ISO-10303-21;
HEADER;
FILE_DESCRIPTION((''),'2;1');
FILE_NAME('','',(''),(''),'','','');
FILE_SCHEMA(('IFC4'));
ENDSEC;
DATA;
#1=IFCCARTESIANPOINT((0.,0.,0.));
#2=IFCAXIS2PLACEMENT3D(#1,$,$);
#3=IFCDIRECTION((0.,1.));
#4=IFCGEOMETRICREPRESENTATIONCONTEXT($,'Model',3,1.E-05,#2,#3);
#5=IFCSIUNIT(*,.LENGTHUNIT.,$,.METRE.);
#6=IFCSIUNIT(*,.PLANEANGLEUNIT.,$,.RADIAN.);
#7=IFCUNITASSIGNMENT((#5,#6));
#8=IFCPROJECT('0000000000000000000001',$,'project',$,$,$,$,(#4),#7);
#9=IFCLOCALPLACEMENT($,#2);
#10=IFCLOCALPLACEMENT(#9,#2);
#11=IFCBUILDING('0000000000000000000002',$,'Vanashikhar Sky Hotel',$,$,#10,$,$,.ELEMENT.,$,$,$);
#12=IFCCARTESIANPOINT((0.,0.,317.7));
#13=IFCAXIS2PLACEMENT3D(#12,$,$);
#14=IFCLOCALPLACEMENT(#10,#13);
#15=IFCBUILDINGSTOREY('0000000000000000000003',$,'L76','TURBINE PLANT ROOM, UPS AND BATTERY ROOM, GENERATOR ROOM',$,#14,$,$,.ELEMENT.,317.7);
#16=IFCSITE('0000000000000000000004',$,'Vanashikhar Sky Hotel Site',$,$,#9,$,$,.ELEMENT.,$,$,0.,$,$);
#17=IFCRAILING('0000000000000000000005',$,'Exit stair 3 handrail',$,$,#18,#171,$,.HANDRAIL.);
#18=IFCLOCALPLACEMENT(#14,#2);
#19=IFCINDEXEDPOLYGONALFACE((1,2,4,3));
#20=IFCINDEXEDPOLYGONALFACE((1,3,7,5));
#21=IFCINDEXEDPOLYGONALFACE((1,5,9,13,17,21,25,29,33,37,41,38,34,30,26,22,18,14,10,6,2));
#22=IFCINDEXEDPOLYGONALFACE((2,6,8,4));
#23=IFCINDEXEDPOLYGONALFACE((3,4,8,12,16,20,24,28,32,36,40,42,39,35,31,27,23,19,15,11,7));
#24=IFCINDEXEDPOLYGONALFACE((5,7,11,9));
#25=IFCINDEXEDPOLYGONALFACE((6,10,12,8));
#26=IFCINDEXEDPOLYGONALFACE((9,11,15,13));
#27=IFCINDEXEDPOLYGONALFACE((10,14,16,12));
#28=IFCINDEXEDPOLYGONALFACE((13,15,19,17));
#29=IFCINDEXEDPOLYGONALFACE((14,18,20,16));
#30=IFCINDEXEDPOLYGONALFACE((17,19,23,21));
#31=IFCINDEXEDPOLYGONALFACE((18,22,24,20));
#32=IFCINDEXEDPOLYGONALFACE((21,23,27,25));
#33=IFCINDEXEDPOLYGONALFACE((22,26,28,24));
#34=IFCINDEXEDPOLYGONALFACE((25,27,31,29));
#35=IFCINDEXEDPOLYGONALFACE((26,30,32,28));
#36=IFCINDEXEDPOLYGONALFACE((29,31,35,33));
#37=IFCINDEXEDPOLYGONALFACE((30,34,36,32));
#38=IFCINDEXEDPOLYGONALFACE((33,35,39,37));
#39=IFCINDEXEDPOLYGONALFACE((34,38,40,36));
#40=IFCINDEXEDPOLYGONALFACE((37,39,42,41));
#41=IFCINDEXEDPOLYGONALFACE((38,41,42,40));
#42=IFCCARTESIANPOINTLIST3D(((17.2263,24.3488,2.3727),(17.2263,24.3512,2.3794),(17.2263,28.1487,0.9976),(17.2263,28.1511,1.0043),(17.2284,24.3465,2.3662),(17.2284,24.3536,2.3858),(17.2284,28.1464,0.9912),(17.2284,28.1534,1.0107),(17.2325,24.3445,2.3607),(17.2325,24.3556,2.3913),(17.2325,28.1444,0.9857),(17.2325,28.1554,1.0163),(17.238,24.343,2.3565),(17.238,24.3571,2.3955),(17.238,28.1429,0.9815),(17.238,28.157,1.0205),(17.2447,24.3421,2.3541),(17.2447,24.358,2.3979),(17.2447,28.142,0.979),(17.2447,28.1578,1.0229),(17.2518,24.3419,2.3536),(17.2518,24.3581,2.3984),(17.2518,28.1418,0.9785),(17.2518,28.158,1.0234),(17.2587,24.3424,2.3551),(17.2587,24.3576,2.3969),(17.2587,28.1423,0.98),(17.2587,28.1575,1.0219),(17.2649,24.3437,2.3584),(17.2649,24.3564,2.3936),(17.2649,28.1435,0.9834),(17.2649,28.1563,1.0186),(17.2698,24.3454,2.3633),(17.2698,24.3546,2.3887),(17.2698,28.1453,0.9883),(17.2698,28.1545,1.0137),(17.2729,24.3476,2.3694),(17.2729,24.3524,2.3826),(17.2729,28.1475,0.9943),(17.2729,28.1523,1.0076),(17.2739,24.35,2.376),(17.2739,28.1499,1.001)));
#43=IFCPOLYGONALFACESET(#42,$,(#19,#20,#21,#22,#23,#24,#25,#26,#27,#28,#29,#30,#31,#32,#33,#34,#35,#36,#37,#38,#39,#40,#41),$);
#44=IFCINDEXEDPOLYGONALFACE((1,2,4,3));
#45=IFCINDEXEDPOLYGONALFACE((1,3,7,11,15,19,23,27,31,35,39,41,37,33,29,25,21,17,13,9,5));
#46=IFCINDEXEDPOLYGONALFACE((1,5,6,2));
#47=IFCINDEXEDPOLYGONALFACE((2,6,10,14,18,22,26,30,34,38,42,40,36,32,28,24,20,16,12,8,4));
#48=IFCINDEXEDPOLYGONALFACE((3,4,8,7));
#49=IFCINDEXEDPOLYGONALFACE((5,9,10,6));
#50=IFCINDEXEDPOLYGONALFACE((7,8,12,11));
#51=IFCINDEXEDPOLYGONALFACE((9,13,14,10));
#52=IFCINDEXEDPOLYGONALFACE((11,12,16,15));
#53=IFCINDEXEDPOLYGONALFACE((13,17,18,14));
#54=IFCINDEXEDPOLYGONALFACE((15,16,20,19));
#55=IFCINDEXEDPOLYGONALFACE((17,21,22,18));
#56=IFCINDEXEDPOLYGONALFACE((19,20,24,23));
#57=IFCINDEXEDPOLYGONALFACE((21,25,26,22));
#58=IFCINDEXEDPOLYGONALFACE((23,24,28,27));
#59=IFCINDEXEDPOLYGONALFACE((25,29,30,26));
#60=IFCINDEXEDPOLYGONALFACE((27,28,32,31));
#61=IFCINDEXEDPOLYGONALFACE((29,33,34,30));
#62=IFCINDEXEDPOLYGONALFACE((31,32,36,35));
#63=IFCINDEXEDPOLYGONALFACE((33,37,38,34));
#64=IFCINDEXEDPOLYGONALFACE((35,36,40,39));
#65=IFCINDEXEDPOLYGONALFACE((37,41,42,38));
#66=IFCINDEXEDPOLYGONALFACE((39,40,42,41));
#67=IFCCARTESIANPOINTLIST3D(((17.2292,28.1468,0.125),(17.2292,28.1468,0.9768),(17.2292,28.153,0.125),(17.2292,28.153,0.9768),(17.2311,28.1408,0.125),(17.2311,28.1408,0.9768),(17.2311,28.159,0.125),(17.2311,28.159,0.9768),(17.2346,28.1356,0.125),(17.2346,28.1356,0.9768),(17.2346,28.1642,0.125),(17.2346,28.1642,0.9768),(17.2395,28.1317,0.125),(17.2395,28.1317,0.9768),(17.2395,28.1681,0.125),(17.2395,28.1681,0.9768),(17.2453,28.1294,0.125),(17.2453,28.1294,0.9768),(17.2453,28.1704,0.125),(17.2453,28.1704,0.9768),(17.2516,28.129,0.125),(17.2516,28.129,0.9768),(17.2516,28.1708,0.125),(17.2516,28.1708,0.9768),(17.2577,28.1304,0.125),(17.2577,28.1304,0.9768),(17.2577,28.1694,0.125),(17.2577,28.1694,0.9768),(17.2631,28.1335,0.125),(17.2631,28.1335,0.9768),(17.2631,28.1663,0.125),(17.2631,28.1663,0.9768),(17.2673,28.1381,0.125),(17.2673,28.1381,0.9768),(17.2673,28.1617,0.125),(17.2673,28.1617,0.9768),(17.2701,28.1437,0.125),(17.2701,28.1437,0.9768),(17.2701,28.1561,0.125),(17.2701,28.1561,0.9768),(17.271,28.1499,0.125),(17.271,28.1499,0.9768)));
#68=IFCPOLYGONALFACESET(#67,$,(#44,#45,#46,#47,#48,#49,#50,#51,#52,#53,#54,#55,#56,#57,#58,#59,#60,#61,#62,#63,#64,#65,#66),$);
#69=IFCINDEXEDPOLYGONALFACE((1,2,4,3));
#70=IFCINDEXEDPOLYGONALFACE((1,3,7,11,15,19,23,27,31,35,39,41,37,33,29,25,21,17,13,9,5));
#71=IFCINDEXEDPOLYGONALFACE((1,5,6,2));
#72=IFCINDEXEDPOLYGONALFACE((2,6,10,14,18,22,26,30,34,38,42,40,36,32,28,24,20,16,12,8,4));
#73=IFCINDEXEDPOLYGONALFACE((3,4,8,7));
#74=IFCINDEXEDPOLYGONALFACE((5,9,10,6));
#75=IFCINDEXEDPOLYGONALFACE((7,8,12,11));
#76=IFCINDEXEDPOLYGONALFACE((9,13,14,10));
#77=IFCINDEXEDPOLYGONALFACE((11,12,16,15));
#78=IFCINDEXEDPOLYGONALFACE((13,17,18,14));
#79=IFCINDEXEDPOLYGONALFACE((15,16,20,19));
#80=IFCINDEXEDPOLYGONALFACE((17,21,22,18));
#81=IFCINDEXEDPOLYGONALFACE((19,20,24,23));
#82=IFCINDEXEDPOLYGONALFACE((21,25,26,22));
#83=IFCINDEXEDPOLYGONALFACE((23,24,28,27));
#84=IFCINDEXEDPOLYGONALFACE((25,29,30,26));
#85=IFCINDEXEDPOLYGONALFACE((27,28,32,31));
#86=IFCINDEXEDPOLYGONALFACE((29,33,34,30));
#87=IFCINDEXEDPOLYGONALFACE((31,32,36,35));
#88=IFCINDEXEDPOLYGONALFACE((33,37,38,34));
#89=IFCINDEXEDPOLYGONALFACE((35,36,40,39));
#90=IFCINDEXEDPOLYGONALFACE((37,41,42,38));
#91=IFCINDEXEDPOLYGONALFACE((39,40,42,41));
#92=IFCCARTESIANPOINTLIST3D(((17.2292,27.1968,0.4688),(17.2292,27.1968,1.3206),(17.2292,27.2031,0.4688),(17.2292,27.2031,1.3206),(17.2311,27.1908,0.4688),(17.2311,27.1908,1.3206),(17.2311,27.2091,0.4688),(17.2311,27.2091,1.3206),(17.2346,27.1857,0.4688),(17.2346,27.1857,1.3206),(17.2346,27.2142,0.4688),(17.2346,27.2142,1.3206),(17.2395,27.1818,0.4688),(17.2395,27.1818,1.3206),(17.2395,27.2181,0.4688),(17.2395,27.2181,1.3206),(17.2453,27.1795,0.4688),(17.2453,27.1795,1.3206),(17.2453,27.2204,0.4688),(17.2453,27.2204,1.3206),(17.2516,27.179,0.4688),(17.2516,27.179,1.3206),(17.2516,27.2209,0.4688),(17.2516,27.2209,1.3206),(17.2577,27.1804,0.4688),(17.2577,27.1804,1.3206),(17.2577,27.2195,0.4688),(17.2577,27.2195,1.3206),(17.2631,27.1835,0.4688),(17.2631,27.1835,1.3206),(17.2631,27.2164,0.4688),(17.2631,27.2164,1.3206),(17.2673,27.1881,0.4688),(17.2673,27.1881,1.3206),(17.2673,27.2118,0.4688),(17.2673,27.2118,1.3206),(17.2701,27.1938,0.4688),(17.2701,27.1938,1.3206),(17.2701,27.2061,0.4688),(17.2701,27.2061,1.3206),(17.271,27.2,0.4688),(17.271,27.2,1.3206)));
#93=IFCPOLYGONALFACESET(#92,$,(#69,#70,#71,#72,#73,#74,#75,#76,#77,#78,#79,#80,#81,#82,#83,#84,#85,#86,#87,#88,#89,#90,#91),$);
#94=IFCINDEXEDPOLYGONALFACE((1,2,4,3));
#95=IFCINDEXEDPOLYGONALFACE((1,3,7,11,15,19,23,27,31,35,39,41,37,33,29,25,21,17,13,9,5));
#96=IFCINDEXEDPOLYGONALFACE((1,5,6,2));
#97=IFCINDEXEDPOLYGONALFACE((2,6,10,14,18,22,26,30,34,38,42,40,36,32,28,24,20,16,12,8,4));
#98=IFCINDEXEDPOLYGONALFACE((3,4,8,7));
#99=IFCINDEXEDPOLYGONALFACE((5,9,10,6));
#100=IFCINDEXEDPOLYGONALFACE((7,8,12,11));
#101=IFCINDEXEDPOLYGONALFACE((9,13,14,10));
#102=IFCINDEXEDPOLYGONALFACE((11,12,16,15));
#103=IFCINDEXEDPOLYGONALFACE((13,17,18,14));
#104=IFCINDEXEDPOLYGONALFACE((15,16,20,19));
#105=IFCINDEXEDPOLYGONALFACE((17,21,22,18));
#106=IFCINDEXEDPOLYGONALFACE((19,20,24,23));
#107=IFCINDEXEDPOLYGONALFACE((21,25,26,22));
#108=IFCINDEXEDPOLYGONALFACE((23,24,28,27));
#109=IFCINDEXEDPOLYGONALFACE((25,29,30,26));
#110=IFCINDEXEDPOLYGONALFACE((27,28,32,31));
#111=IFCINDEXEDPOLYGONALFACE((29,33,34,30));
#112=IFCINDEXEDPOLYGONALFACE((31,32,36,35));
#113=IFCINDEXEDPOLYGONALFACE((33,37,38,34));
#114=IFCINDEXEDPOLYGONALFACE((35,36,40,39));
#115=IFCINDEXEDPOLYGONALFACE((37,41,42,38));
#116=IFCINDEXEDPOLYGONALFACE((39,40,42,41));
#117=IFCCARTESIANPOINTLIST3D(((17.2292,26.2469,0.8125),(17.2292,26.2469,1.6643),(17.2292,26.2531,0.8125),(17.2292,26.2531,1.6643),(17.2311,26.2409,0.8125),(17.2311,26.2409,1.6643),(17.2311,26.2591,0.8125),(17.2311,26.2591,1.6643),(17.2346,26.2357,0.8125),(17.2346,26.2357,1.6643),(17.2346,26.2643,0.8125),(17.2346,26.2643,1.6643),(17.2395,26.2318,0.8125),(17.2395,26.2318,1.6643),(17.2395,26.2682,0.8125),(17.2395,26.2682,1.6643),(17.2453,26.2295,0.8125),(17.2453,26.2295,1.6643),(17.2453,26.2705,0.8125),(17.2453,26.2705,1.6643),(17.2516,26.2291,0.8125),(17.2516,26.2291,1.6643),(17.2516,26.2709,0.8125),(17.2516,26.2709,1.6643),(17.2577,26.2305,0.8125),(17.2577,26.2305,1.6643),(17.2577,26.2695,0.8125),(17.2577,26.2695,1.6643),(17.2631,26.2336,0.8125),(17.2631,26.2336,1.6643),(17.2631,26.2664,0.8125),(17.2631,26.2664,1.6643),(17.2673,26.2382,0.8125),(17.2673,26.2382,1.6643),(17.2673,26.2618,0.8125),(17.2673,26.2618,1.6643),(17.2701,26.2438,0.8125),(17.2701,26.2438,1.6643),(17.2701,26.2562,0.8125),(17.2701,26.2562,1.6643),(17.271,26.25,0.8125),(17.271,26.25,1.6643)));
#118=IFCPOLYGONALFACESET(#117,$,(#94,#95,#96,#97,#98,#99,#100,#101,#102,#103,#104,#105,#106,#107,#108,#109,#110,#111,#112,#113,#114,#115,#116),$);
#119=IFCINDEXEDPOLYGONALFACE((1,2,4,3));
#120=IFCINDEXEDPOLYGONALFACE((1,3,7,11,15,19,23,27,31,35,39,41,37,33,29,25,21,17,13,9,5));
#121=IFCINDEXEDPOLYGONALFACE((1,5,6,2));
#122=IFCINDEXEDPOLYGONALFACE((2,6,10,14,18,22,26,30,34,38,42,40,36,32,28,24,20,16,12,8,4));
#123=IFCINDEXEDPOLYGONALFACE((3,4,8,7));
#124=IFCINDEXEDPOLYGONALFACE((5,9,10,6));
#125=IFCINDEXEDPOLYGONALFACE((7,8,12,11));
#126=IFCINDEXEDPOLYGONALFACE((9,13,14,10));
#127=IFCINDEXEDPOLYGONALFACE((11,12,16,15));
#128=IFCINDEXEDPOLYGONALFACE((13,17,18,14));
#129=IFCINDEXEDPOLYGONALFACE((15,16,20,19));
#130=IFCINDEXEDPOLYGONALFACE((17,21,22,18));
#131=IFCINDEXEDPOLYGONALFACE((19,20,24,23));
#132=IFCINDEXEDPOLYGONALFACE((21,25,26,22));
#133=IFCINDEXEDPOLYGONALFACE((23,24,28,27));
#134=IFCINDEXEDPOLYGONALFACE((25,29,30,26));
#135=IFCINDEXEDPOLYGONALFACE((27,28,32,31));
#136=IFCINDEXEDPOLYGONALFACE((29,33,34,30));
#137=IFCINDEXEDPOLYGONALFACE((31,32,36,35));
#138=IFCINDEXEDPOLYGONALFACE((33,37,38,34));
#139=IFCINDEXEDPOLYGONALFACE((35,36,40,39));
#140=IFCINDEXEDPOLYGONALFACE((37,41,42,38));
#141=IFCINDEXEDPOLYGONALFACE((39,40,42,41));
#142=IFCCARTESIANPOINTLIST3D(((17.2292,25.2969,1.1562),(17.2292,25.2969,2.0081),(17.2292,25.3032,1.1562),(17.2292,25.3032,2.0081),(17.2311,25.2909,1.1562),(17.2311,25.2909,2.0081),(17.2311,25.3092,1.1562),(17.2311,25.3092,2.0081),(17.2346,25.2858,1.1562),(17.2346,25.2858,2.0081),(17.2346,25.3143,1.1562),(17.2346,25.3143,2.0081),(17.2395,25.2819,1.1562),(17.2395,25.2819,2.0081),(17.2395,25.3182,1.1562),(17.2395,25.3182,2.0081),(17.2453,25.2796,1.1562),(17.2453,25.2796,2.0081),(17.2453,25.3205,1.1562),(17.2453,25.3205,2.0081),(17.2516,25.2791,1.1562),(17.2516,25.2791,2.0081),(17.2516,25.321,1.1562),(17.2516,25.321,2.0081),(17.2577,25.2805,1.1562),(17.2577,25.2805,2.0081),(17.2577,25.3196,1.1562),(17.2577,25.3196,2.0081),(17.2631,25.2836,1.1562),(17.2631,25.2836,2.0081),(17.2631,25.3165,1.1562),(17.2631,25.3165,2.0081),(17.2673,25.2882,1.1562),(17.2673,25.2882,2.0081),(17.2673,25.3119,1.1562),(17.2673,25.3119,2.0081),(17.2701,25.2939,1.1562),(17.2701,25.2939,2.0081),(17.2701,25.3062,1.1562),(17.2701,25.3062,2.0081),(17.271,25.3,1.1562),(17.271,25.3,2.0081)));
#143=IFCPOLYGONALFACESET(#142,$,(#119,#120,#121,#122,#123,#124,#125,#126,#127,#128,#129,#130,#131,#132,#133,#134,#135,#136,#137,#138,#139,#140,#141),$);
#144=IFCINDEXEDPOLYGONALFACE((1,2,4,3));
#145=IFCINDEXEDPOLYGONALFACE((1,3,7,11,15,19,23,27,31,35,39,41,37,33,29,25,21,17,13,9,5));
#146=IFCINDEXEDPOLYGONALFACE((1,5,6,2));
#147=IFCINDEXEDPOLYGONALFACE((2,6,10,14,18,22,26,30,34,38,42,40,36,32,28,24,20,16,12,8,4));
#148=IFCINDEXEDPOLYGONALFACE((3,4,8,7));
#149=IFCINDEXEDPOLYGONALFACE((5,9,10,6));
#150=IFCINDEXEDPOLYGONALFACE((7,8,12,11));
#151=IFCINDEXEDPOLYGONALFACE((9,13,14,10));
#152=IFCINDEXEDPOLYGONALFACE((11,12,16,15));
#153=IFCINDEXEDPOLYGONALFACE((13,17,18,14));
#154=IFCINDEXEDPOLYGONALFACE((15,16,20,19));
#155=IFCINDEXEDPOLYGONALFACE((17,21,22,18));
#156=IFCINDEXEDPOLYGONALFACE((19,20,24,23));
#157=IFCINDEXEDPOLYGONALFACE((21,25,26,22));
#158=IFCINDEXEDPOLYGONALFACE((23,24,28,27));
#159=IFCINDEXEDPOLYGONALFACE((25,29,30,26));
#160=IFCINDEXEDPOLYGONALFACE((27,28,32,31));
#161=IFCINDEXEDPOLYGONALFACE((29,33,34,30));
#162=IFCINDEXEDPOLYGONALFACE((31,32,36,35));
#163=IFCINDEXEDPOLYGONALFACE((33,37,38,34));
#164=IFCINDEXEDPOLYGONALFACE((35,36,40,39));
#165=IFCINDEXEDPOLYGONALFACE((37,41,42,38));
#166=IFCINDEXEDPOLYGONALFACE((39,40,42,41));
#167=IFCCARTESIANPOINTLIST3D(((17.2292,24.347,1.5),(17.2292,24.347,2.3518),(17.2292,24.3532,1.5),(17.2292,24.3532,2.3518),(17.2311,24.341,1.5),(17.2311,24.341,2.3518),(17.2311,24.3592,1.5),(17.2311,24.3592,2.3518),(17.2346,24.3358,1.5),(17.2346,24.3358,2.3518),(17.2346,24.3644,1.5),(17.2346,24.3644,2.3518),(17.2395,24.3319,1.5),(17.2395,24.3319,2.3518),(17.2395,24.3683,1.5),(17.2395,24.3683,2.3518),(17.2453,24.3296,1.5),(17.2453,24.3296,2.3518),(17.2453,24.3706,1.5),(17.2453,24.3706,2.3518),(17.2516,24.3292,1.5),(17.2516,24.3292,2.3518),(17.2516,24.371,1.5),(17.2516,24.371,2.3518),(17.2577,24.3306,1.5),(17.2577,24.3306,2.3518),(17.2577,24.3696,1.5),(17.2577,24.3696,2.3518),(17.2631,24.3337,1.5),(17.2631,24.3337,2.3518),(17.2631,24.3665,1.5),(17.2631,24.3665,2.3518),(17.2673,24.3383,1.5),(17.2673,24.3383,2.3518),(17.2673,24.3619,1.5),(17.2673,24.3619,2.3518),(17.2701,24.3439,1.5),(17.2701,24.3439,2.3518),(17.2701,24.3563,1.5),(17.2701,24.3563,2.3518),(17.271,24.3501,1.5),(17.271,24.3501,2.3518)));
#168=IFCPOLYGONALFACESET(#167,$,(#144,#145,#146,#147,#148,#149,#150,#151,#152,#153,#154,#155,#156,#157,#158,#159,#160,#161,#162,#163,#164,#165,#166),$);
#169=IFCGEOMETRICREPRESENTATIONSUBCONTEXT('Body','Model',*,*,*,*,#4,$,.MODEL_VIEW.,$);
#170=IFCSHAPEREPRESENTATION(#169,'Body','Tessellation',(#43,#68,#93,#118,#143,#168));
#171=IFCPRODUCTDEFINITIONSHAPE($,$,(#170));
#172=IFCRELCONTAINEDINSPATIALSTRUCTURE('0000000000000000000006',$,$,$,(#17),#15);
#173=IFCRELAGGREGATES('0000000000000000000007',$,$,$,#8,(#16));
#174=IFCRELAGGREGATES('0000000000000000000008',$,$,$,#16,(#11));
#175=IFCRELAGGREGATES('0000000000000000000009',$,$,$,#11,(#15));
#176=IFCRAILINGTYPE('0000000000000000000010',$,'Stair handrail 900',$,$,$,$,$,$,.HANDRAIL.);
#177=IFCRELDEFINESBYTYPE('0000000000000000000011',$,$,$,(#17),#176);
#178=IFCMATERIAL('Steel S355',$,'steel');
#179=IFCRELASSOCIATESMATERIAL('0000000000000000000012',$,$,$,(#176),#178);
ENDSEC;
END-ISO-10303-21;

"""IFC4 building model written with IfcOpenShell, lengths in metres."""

from ifc_helpers import new_model, si_unit, direction, frame, origin, origin_2d, place, context, subcontext, project, spatial, circle, extrude, source, transform, mapped, material, type_object, element, save


model = new_model("IFC4")

# Units and contexts
model_context = context("Model", 3, precision=1e-05, world=origin(), true_north=direction((0.0, 1.0)))
body_context = subcontext(model_context, "Body", "Model", "MODEL_VIEW")
ifc_project = project(units=[si_unit("LENGTHUNIT", "METRE"), si_unit("PLANEANGLEUNIT", "RADIAN")], contexts=[model_context])

# Site, building, storey
site_placement = place(None, origin())
site = spatial("IfcSite", under=ifc_project, at=site_placement, Name="Vanashikhar Sky Hotel Site", CompositionType="ELEMENT", RefElevation=0.0)
building_placement = place(site_placement, origin())
building = spatial("IfcBuilding", under=site, at=building_placement, Name="Vanashikhar Sky Hotel", CompositionType="ELEMENT")
storey_placement = place(building_placement, frame((0.0, 0.0, 317.7)))
storey = spatial("IfcBuildingStorey", under=building, at=storey_placement, Name="L76", Description="TURBINE PLANT ROOM, UPS AND BATTERY ROOM, GENERATOR ROOM", CompositionType="ELEMENT", Elevation=317.7)

# Railing
ifc_material_1 = material(Name="Steel S355", Category="steel")
railing_type_1 = type_object("IfcRailingType", Name="Stair handrail 900", PredefinedType="HANDRAIL", material=ifc_material_1)
shared_shape_1 = source(origin(), body_context, "Body", "SweptSolid", [
    extrude(circle(Radius=0.0239, at=origin_2d()), frame((0.0, 0.0, 0.876), z_axis=(0.0, -0.940329, 0.340268), x_axis=(1.0, 0.0, 0.0)), (0.0, 0.0, 1.0), 4.041),
    extrude(circle(Radius=0.021, at=origin_2d()), origin(), (0.0, 0.0, 1.0), 0.8518),
    extrude(circle(Radius=0.021, at=origin_2d()), frame((0.0, -0.95, 0.3438)), (0.0, 0.0, 1.0), 0.8518),
    extrude(circle(Radius=0.021, at=origin_2d()), frame((0.0, -1.8999, 0.6875)), (0.0, 0.0, 1.0), 0.8518),
    extrude(circle(Radius=0.021, at=origin_2d()), frame((0.0, -2.8499, 1.0312)), (0.0, 0.0, 1.0), 0.8518),
    extrude(circle(Radius=0.021, at=origin_2d()), frame((0.0, -3.7998, 1.375)), (0.0, 0.0, 1.0), 0.8518),
])
for number, where, name in (
    (1, (17.25, 28.1499, 0.125), "Exit stair 3 handrail"),
):
    element("IfcRailing", number, at=place(storey_placement, frame(where)), inside=storey, type_object=railing_type_1, Name=name, PredefinedType="HANDRAIL", context=body_context, shape_type="MappedRepresentation", body=[
        mapped(shared_shape_1, transform((0.0, 0.0, 0.0), scale=1.0)),
    ])

save(model, "model.ifc")
